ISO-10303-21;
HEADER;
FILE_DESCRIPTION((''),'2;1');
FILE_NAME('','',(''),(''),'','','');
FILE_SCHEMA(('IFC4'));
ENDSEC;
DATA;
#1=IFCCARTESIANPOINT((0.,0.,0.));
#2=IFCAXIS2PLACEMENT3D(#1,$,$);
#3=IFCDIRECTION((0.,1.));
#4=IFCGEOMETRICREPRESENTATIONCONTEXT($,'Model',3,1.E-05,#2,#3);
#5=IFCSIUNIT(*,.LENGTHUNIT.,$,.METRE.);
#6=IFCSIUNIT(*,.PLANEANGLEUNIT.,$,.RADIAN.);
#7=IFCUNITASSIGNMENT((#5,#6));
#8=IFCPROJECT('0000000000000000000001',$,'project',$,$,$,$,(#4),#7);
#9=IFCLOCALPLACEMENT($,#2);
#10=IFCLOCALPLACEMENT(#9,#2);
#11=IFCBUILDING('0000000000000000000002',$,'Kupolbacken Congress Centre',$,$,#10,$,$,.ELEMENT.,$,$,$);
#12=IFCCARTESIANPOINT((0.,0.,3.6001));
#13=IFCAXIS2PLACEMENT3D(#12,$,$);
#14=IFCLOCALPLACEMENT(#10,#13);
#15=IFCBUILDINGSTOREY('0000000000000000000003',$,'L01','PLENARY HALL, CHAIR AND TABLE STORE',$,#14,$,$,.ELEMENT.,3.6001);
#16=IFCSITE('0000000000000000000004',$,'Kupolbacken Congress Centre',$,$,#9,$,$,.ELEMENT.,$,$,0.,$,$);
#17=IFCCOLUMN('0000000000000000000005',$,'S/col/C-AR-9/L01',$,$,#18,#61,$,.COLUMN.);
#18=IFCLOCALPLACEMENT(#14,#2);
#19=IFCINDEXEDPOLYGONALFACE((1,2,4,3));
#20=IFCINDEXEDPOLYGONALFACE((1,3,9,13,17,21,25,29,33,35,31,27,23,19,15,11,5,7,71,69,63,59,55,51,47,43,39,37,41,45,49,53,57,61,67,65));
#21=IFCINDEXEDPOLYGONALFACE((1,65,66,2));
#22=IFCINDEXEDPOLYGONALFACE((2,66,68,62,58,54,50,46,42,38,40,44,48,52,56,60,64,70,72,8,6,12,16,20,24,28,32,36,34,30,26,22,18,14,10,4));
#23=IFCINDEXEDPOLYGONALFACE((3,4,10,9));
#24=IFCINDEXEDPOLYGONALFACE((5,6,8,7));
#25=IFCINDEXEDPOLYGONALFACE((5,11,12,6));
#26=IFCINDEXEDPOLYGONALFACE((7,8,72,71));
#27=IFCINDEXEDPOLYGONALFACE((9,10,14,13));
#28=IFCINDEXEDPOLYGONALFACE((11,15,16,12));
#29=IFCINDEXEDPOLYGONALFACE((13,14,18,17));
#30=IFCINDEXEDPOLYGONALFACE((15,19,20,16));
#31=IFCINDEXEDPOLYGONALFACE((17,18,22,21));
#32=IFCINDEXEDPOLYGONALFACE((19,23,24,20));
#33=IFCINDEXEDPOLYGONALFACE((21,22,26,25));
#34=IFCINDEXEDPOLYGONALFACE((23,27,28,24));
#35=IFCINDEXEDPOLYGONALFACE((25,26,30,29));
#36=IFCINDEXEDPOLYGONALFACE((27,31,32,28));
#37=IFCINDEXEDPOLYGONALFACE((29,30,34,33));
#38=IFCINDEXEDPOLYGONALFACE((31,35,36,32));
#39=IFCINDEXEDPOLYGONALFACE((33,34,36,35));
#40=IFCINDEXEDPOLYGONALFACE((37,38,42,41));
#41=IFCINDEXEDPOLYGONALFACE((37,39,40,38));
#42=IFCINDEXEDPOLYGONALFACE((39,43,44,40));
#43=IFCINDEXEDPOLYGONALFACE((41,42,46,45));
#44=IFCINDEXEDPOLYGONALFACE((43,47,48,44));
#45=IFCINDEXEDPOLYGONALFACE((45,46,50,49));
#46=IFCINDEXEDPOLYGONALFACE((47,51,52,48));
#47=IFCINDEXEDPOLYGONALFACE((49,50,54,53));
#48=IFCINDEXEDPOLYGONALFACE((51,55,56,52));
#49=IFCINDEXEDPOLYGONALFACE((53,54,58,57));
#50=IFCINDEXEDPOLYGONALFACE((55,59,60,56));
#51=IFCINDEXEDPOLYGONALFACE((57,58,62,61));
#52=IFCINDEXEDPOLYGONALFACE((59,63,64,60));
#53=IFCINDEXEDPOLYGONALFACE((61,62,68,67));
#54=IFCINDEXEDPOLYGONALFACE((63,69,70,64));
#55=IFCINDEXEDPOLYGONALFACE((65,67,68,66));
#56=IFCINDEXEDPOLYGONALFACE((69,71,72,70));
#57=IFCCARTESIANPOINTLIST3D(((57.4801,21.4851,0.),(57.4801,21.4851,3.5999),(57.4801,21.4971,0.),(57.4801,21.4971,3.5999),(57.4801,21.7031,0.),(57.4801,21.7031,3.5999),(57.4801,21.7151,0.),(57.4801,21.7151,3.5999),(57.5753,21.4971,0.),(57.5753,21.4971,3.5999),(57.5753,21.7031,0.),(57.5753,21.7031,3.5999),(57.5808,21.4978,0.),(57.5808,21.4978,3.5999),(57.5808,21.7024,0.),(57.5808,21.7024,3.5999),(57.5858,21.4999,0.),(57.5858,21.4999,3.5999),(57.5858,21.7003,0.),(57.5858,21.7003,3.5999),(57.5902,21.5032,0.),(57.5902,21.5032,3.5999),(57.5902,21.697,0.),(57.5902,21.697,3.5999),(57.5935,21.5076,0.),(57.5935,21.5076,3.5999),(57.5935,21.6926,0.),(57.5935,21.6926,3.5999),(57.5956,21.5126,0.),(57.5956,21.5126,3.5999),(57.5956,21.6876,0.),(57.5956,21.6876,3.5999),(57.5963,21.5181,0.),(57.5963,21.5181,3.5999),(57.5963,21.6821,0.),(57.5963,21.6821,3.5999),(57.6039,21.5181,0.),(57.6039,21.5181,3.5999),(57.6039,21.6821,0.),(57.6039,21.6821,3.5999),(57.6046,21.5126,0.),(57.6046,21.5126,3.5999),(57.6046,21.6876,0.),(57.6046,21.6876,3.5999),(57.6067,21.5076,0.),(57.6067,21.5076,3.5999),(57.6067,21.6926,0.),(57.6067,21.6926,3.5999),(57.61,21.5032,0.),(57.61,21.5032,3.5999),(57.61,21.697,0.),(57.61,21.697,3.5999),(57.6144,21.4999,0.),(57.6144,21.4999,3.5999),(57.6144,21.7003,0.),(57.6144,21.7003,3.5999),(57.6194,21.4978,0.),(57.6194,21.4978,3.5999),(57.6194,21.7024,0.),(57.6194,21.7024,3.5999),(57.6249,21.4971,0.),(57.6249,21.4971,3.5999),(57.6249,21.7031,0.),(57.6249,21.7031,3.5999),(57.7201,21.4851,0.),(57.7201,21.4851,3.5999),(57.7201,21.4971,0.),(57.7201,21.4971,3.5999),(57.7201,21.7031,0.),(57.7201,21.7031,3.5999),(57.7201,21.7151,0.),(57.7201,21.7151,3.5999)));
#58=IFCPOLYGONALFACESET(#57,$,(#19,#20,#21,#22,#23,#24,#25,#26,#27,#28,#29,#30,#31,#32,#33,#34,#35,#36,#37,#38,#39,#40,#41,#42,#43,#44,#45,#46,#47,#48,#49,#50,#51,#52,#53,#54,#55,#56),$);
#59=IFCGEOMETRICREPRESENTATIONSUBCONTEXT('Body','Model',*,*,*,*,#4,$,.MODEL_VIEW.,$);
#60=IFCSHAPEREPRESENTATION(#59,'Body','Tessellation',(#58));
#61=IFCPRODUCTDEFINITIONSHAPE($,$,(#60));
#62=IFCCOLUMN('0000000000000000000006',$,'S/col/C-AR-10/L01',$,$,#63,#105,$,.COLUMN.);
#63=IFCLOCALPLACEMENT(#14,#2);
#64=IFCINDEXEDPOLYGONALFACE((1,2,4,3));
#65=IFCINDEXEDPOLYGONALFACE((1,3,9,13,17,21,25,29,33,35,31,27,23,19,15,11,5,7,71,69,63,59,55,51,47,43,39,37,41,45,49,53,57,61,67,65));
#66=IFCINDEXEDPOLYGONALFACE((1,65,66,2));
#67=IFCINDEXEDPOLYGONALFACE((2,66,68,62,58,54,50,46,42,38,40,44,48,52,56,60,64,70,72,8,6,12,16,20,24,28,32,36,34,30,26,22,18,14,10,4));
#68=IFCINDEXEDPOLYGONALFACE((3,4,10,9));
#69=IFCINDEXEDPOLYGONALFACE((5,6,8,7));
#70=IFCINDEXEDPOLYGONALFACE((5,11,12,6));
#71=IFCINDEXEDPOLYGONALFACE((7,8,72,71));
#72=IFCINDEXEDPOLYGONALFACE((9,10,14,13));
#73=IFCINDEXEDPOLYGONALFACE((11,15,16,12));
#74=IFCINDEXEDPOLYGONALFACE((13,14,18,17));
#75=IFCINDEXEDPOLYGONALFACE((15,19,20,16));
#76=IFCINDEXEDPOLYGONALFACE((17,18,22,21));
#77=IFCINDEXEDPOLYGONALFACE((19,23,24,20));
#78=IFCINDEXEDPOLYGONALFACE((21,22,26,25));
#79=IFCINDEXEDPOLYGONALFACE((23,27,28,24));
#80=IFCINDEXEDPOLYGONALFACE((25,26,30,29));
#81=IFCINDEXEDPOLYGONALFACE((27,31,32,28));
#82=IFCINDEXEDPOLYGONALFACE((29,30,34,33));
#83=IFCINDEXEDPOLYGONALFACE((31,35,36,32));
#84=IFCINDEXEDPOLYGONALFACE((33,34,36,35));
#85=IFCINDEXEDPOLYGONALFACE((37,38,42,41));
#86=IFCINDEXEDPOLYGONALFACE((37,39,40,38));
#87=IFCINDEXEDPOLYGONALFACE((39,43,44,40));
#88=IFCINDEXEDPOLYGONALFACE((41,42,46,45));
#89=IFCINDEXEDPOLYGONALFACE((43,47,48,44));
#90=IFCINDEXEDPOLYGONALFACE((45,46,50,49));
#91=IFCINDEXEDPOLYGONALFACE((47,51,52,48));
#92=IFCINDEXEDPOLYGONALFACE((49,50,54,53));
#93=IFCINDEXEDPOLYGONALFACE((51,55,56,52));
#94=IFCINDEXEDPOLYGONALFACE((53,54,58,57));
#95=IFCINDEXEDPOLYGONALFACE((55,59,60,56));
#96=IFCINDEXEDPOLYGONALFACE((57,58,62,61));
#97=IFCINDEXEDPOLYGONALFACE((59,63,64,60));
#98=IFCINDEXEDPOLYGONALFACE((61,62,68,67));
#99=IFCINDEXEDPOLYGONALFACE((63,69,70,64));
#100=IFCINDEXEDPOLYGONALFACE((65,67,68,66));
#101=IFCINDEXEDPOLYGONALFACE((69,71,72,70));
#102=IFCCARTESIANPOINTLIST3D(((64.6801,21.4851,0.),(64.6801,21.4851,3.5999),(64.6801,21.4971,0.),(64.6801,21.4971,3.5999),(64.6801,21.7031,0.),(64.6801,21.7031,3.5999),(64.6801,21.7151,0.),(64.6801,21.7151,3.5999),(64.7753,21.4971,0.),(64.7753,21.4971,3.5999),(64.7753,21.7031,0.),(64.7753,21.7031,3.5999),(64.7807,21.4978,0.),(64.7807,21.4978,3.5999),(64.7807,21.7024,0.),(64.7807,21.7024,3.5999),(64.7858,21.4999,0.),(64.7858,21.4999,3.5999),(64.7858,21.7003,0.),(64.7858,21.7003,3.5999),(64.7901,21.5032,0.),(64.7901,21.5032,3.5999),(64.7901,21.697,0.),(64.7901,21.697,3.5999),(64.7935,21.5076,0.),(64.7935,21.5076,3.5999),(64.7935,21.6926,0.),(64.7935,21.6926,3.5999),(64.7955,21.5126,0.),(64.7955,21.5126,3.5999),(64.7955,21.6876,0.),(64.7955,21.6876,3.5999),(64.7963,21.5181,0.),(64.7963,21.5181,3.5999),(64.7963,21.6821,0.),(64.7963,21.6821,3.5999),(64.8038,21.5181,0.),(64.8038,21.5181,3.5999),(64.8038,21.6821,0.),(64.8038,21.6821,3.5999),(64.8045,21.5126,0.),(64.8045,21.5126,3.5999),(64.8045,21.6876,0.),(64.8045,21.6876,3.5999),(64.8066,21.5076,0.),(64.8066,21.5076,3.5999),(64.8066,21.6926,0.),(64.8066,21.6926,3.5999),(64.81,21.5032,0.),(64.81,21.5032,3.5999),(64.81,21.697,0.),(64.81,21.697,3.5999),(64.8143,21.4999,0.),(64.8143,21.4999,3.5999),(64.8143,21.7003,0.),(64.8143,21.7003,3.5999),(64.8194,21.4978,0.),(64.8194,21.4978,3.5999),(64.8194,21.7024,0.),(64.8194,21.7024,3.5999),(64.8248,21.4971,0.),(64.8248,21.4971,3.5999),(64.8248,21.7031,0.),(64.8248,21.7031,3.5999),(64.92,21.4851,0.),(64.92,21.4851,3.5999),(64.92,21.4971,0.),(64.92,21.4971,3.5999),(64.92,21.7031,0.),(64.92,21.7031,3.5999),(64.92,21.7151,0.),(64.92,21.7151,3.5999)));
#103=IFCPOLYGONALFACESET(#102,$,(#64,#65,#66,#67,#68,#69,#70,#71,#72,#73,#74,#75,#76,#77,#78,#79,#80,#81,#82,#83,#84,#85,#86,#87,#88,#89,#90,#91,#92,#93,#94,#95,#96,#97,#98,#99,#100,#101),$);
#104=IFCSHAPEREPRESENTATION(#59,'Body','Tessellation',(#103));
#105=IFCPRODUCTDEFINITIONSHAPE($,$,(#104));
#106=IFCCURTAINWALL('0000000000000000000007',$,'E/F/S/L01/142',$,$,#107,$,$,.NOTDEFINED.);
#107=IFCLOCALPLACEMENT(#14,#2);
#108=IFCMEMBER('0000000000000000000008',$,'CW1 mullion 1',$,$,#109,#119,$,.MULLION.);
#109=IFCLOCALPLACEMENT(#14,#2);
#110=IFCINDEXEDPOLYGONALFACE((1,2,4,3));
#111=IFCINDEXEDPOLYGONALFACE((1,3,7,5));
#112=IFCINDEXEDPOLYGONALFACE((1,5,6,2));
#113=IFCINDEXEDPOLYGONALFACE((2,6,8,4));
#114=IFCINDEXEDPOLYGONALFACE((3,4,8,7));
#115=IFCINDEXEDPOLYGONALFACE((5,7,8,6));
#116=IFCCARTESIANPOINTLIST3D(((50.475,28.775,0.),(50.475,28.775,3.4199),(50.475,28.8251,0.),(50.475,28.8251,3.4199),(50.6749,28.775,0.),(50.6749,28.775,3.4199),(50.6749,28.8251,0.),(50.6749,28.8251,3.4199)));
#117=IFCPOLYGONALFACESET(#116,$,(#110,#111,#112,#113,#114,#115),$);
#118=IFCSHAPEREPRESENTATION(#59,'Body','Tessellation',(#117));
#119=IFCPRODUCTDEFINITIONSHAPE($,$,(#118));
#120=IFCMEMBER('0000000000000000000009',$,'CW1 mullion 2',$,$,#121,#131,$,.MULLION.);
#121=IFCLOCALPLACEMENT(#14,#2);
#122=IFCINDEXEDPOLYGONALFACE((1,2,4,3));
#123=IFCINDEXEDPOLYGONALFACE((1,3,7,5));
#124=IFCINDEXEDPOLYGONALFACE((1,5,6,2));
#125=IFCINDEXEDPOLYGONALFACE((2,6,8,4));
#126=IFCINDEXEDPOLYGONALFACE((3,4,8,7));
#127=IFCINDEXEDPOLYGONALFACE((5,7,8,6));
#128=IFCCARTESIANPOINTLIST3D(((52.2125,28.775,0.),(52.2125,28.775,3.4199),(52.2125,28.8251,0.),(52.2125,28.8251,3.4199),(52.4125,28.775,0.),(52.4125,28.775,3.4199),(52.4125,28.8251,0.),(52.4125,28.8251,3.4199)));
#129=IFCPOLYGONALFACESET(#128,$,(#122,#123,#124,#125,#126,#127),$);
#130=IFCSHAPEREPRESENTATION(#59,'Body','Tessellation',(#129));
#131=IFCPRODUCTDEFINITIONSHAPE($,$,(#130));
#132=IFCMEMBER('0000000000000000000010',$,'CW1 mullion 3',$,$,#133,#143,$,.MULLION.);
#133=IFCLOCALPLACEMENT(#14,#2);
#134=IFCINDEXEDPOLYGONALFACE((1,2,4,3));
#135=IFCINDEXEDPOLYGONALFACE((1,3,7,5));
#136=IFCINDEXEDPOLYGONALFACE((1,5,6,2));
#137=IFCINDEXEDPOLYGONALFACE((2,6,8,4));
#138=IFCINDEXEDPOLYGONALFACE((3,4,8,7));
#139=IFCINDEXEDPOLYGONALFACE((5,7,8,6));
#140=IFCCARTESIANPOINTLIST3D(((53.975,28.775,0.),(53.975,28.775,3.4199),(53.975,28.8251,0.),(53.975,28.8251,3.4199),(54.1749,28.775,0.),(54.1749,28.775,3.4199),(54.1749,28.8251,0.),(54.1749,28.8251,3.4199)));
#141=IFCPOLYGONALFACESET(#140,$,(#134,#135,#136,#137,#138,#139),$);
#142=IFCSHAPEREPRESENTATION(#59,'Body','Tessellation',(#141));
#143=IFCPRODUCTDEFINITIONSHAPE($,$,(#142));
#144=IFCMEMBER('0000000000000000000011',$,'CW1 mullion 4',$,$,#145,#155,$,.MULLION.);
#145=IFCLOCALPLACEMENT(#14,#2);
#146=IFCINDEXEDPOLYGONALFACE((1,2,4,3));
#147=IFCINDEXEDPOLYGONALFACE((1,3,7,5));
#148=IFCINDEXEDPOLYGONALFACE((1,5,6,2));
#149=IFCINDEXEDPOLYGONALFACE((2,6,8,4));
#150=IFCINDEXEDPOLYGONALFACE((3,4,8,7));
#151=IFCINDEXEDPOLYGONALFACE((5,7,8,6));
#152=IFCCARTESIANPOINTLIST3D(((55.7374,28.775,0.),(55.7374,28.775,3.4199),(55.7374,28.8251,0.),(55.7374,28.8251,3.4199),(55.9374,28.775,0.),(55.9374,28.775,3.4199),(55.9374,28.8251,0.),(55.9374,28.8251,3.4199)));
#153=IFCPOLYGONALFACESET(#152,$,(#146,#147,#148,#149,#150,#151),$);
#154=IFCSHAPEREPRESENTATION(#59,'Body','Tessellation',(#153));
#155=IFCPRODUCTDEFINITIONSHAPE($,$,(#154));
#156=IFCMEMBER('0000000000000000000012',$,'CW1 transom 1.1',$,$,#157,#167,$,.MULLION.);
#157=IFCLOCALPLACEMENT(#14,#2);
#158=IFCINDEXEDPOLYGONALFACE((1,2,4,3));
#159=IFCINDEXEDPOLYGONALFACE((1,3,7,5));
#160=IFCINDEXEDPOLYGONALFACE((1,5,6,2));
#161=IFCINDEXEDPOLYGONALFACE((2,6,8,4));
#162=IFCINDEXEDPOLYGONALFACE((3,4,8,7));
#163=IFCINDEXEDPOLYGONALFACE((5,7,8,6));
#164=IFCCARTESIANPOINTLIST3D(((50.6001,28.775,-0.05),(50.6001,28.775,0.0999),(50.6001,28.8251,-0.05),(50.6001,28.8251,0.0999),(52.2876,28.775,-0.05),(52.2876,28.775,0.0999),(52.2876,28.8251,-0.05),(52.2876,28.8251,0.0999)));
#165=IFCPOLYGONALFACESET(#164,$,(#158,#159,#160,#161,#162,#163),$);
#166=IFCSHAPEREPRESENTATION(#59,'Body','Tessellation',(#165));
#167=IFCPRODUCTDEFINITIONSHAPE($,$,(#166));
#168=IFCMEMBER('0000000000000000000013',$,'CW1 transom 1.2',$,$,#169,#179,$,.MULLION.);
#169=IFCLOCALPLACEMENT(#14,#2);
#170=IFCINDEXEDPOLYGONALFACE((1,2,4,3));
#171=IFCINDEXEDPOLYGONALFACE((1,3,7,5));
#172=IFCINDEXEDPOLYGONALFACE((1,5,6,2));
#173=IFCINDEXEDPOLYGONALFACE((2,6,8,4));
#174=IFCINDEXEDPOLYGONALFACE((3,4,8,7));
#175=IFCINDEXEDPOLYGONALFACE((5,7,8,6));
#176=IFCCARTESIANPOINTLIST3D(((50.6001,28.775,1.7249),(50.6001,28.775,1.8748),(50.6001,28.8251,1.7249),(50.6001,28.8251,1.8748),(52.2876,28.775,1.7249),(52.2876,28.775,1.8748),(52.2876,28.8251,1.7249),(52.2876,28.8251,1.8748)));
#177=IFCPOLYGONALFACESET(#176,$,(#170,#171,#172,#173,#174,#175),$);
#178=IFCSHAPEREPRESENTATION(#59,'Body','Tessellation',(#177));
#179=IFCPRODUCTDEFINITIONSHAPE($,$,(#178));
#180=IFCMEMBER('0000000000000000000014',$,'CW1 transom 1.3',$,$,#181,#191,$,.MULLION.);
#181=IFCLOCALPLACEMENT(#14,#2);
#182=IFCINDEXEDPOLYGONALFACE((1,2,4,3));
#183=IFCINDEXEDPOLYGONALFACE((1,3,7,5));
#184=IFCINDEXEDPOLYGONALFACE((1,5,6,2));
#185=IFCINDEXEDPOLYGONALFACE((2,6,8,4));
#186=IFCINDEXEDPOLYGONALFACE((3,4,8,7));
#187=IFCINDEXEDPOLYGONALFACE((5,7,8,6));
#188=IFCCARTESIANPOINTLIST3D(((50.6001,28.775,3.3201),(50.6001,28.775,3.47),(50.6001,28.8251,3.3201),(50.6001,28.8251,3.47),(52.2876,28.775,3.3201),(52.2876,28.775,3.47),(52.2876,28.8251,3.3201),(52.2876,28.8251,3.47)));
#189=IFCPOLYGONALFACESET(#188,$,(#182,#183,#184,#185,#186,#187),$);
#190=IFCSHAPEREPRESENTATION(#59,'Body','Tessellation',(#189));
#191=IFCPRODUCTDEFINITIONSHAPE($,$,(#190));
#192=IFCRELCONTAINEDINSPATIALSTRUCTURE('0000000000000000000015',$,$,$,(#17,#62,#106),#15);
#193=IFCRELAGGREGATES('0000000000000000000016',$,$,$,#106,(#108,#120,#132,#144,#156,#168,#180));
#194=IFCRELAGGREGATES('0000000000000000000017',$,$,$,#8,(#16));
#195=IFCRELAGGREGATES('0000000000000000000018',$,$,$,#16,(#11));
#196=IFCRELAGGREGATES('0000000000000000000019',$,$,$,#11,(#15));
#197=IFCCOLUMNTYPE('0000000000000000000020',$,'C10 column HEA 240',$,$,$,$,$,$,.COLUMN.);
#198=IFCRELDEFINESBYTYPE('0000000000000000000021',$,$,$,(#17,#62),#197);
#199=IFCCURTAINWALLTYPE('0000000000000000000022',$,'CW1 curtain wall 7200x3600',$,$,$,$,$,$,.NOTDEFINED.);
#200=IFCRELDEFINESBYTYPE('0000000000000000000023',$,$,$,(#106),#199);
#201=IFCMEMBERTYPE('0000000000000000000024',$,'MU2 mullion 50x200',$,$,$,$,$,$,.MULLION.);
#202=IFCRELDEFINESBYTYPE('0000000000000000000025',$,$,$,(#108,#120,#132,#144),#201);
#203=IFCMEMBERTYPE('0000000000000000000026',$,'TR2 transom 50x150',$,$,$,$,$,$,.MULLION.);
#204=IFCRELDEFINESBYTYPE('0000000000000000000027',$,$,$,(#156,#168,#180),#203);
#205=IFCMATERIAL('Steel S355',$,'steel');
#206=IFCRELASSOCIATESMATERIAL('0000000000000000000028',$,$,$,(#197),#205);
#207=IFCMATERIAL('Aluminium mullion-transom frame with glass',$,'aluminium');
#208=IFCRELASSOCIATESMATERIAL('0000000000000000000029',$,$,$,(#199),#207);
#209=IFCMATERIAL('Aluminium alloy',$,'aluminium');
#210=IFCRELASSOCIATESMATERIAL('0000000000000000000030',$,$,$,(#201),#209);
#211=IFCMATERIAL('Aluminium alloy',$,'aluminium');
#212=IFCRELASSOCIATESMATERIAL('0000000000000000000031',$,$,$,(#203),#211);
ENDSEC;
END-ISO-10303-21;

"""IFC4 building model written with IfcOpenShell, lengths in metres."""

from ifc_helpers import new_model, si_unit, direction, frame, origin, origin_2d, place, context, subcontext, project, spatial, rectangle, i_section, extrude, material, material_profile, profile_set, type_object, element, aggregate, save


model = new_model("IFC4")

# Units and contexts
model_context = context("Model", 3, precision=1e-05, world=origin(), true_north=direction((0.0, 1.0)))
body_context = subcontext(model_context, "Body", "Model", "MODEL_VIEW")
ifc_project = project(units=[si_unit("LENGTHUNIT", "METRE"), si_unit("PLANEANGLEUNIT", "RADIAN")], contexts=[model_context])

# Site, building, storey
site_placement = place(None, origin())
site = spatial("IfcSite", under=ifc_project, at=site_placement, Name="Kupolbacken Congress Centre", CompositionType="ELEMENT", RefElevation=0.0)
building_placement = place(site_placement, origin())
building = spatial("IfcBuilding", under=site, at=building_placement, Name="Kupolbacken Congress Centre", CompositionType="ELEMENT")
storey_placement = place(building_placement, frame((0.0, 0.0, 3.6001)))
storey = spatial("IfcBuildingStorey", under=building, at=storey_placement, Name="L01", Description="PLENARY HALL, CHAIR AND TABLE STORE", CompositionType="ELEMENT", Elevation=3.6001)

# Columns
ifc_material_1 = material(Name="Steel S355", Category="steel")
ifc_material_profile_1 = material_profile(ifc_material_1, i_section(OverallWidth=0.24, OverallDepth=0.23, WebThickness=0.0076, FlangeThickness=0.012, FilletRadius=0.021, at=origin_2d()), Name="HEA 240")
ifc_profile_set_1 = profile_set([ifc_material_profile_1], Name="Steel S355")
column_type = type_object("IfcColumnType", Name="C10 column HEA 240", PredefinedType="COLUMN", material=ifc_profile_set_1)
for number, where, z_axis, x_axis, name in (
    (1, (57.6001, 21.6001, 0.0), (0.0, 0.0, 1.0), (1.0, 0.0, 0.0), "S/col/C-AR-9/L01"),
    (2, (64.8, 21.6001, 0.0), (0.0, 0.0, 1.0), (1.0, 0.0, 0.0), "S/col/C-AR-10/L01"),
):
    element("IfcColumn", number, at=place(storey_placement, frame(where, z_axis=z_axis, x_axis=x_axis)), inside=storey, type_object=column_type, Name=name, PredefinedType="COLUMN", context=body_context, shape_type="SweptSolid", body=[
        extrude(i_section(OverallWidth=0.24, OverallDepth=0.23, WebThickness=0.0076, FlangeThickness=0.012, FilletRadius=0.021, at=origin_2d()), origin(), (0.0, 0.0, 1.0), 3.5999),
    ])

# Curtain wall, members
ifc_material_2 = material(Name="Aluminium mullion-transom frame with glass", Category="aluminium")
curtain_wall_type = type_object("IfcCurtainWallType", Name="CW1 curtain wall 7200x3600", PredefinedType="NOTDEFINED", material=ifc_material_2)
curtain_wall_placement = place(storey_placement, origin())
curtain_wall = element("IfcCurtainWall", 3, at=curtain_wall_placement, inside=storey, type_object=curtain_wall_type, Name="E/F/S/L01/142", PredefinedType="NOTDEFINED")
ifc_material_3 = material(Name="Aluminium alloy", Category="aluminium")
ifc_material_profile_2 = material_profile(ifc_material_3, rectangle(XDim=0.05, YDim=0.2, at=origin_2d()), Name="50 x 200")
ifc_profile_set_2 = profile_set([ifc_material_profile_2], Name="Aluminium alloy")
member_type_1 = type_object("IfcMemberType", Name="MU2 mullion 50x200", PredefinedType="MULLION", material=ifc_profile_set_2)
member_1_placement = place(storey_placement, frame((50.575, 28.8, 0.0), z_axis=(0.0, 0.0, 1.0), x_axis=(0.0, 1.0, 0.0)))
member_1 = element("IfcMember", 4, at=member_1_placement, type_object=member_type_1, Name="CW1 mullion 1", PredefinedType="MULLION", context=body_context, shape_type="SweptSolid", body=[
    extrude(rectangle(XDim=0.05, YDim=0.2, at=origin_2d()), origin(), (0.0, 0.0, 1.0), 3.4199),
])
member_2_placement = place(storey_placement, frame((52.3125, 28.8, 0.0), z_axis=(0.0, 0.0, 1.0), x_axis=(0.0, 1.0, 0.0)))
member_2 = element("IfcMember", 5, at=member_2_placement, type_object=member_type_1, Name="CW1 mullion 2", PredefinedType="MULLION", context=body_context, shape_type="SweptSolid", body=[
    extrude(rectangle(XDim=0.05, YDim=0.2, at=origin_2d()), origin(), (0.0, 0.0, 1.0), 3.4199),
])
member_3_placement = place(storey_placement, frame((54.075, 28.8, 0.0), z_axis=(0.0, 0.0, 1.0), x_axis=(0.0, 1.0, 0.0)))
member_3 = element("IfcMember", 6, at=member_3_placement, type_object=member_type_1, Name="CW1 mullion 3", PredefinedType="MULLION", context=body_context, shape_type="SweptSolid", body=[
    extrude(rectangle(XDim=0.05, YDim=0.2, at=origin_2d()), origin(), (0.0, 0.0, 1.0), 3.4199),
])
member_4_placement = place(storey_placement, frame((55.8374, 28.8, 0.0), z_axis=(0.0, 0.0, 1.0), x_axis=(0.0, 1.0, 0.0)))
member_4 = element("IfcMember", 7, at=member_4_placement, type_object=member_type_1, Name="CW1 mullion 4", PredefinedType="MULLION", context=body_context, shape_type="SweptSolid", body=[
    extrude(rectangle(XDim=0.05, YDim=0.2, at=origin_2d()), origin(), (0.0, 0.0, 1.0), 3.4199),
])
ifc_material_4 = material(Name="Aluminium alloy", Category="aluminium")
ifc_material_profile_3 = material_profile(ifc_material_4, rectangle(XDim=0.05, YDim=0.1499, at=origin_2d()), Name="50 x 150")
ifc_profile_set_3 = profile_set([ifc_material_profile_3], Name="Aluminium alloy")
member_type_2 = type_object("IfcMemberType", Name="TR2 transom 50x150", PredefinedType="MULLION", material=ifc_profile_set_3)
member_5_placement = place(storey_placement, frame((50.6001, 28.8, 0.0249), z_axis=(1.0, 0.0, 0.0), x_axis=(0.0, 1.0, 0.0)))
member_5 = element("IfcMember", 8, at=member_5_placement, type_object=member_type_2, Name="CW1 transom 1.1", PredefinedType="MULLION", context=body_context, shape_type="SweptSolid", body=[
    extrude(rectangle(XDim=0.05, YDim=0.1499, at=origin_2d()), origin(), (0.0, 0.0, 1.0), 1.6875),
])
member_6_placement = place(storey_placement, frame((50.6001, 28.8, 1.7998), z_axis=(1.0, 0.0, 0.0), x_axis=(0.0, 1.0, 0.0)))
member_6 = element("IfcMember", 9, at=member_6_placement, type_object=member_type_2, Name="CW1 transom 1.2", PredefinedType="MULLION", context=body_context, shape_type="SweptSolid", body=[
    extrude(rectangle(XDim=0.05, YDim=0.1499, at=origin_2d()), origin(), (0.0, 0.0, 1.0), 1.6875),
])
member_7_placement = place(storey_placement, frame((50.6001, 28.8, 3.395), z_axis=(1.0, 0.0, 0.0), x_axis=(0.0, 1.0, 0.0)))
member_7 = element("IfcMember", 10, at=member_7_placement, type_object=member_type_2, Name="CW1 transom 1.3", PredefinedType="MULLION", context=body_context, shape_type="SweptSolid", body=[
    extrude(rectangle(XDim=0.05, YDim=0.1499, at=origin_2d()), origin(), (0.0, 0.0, 1.0), 1.6875),
])
aggregate(curtain_wall, [member_1, member_2, member_3, member_4, member_5, member_6, member_7])

save(model, "model.ifc")
